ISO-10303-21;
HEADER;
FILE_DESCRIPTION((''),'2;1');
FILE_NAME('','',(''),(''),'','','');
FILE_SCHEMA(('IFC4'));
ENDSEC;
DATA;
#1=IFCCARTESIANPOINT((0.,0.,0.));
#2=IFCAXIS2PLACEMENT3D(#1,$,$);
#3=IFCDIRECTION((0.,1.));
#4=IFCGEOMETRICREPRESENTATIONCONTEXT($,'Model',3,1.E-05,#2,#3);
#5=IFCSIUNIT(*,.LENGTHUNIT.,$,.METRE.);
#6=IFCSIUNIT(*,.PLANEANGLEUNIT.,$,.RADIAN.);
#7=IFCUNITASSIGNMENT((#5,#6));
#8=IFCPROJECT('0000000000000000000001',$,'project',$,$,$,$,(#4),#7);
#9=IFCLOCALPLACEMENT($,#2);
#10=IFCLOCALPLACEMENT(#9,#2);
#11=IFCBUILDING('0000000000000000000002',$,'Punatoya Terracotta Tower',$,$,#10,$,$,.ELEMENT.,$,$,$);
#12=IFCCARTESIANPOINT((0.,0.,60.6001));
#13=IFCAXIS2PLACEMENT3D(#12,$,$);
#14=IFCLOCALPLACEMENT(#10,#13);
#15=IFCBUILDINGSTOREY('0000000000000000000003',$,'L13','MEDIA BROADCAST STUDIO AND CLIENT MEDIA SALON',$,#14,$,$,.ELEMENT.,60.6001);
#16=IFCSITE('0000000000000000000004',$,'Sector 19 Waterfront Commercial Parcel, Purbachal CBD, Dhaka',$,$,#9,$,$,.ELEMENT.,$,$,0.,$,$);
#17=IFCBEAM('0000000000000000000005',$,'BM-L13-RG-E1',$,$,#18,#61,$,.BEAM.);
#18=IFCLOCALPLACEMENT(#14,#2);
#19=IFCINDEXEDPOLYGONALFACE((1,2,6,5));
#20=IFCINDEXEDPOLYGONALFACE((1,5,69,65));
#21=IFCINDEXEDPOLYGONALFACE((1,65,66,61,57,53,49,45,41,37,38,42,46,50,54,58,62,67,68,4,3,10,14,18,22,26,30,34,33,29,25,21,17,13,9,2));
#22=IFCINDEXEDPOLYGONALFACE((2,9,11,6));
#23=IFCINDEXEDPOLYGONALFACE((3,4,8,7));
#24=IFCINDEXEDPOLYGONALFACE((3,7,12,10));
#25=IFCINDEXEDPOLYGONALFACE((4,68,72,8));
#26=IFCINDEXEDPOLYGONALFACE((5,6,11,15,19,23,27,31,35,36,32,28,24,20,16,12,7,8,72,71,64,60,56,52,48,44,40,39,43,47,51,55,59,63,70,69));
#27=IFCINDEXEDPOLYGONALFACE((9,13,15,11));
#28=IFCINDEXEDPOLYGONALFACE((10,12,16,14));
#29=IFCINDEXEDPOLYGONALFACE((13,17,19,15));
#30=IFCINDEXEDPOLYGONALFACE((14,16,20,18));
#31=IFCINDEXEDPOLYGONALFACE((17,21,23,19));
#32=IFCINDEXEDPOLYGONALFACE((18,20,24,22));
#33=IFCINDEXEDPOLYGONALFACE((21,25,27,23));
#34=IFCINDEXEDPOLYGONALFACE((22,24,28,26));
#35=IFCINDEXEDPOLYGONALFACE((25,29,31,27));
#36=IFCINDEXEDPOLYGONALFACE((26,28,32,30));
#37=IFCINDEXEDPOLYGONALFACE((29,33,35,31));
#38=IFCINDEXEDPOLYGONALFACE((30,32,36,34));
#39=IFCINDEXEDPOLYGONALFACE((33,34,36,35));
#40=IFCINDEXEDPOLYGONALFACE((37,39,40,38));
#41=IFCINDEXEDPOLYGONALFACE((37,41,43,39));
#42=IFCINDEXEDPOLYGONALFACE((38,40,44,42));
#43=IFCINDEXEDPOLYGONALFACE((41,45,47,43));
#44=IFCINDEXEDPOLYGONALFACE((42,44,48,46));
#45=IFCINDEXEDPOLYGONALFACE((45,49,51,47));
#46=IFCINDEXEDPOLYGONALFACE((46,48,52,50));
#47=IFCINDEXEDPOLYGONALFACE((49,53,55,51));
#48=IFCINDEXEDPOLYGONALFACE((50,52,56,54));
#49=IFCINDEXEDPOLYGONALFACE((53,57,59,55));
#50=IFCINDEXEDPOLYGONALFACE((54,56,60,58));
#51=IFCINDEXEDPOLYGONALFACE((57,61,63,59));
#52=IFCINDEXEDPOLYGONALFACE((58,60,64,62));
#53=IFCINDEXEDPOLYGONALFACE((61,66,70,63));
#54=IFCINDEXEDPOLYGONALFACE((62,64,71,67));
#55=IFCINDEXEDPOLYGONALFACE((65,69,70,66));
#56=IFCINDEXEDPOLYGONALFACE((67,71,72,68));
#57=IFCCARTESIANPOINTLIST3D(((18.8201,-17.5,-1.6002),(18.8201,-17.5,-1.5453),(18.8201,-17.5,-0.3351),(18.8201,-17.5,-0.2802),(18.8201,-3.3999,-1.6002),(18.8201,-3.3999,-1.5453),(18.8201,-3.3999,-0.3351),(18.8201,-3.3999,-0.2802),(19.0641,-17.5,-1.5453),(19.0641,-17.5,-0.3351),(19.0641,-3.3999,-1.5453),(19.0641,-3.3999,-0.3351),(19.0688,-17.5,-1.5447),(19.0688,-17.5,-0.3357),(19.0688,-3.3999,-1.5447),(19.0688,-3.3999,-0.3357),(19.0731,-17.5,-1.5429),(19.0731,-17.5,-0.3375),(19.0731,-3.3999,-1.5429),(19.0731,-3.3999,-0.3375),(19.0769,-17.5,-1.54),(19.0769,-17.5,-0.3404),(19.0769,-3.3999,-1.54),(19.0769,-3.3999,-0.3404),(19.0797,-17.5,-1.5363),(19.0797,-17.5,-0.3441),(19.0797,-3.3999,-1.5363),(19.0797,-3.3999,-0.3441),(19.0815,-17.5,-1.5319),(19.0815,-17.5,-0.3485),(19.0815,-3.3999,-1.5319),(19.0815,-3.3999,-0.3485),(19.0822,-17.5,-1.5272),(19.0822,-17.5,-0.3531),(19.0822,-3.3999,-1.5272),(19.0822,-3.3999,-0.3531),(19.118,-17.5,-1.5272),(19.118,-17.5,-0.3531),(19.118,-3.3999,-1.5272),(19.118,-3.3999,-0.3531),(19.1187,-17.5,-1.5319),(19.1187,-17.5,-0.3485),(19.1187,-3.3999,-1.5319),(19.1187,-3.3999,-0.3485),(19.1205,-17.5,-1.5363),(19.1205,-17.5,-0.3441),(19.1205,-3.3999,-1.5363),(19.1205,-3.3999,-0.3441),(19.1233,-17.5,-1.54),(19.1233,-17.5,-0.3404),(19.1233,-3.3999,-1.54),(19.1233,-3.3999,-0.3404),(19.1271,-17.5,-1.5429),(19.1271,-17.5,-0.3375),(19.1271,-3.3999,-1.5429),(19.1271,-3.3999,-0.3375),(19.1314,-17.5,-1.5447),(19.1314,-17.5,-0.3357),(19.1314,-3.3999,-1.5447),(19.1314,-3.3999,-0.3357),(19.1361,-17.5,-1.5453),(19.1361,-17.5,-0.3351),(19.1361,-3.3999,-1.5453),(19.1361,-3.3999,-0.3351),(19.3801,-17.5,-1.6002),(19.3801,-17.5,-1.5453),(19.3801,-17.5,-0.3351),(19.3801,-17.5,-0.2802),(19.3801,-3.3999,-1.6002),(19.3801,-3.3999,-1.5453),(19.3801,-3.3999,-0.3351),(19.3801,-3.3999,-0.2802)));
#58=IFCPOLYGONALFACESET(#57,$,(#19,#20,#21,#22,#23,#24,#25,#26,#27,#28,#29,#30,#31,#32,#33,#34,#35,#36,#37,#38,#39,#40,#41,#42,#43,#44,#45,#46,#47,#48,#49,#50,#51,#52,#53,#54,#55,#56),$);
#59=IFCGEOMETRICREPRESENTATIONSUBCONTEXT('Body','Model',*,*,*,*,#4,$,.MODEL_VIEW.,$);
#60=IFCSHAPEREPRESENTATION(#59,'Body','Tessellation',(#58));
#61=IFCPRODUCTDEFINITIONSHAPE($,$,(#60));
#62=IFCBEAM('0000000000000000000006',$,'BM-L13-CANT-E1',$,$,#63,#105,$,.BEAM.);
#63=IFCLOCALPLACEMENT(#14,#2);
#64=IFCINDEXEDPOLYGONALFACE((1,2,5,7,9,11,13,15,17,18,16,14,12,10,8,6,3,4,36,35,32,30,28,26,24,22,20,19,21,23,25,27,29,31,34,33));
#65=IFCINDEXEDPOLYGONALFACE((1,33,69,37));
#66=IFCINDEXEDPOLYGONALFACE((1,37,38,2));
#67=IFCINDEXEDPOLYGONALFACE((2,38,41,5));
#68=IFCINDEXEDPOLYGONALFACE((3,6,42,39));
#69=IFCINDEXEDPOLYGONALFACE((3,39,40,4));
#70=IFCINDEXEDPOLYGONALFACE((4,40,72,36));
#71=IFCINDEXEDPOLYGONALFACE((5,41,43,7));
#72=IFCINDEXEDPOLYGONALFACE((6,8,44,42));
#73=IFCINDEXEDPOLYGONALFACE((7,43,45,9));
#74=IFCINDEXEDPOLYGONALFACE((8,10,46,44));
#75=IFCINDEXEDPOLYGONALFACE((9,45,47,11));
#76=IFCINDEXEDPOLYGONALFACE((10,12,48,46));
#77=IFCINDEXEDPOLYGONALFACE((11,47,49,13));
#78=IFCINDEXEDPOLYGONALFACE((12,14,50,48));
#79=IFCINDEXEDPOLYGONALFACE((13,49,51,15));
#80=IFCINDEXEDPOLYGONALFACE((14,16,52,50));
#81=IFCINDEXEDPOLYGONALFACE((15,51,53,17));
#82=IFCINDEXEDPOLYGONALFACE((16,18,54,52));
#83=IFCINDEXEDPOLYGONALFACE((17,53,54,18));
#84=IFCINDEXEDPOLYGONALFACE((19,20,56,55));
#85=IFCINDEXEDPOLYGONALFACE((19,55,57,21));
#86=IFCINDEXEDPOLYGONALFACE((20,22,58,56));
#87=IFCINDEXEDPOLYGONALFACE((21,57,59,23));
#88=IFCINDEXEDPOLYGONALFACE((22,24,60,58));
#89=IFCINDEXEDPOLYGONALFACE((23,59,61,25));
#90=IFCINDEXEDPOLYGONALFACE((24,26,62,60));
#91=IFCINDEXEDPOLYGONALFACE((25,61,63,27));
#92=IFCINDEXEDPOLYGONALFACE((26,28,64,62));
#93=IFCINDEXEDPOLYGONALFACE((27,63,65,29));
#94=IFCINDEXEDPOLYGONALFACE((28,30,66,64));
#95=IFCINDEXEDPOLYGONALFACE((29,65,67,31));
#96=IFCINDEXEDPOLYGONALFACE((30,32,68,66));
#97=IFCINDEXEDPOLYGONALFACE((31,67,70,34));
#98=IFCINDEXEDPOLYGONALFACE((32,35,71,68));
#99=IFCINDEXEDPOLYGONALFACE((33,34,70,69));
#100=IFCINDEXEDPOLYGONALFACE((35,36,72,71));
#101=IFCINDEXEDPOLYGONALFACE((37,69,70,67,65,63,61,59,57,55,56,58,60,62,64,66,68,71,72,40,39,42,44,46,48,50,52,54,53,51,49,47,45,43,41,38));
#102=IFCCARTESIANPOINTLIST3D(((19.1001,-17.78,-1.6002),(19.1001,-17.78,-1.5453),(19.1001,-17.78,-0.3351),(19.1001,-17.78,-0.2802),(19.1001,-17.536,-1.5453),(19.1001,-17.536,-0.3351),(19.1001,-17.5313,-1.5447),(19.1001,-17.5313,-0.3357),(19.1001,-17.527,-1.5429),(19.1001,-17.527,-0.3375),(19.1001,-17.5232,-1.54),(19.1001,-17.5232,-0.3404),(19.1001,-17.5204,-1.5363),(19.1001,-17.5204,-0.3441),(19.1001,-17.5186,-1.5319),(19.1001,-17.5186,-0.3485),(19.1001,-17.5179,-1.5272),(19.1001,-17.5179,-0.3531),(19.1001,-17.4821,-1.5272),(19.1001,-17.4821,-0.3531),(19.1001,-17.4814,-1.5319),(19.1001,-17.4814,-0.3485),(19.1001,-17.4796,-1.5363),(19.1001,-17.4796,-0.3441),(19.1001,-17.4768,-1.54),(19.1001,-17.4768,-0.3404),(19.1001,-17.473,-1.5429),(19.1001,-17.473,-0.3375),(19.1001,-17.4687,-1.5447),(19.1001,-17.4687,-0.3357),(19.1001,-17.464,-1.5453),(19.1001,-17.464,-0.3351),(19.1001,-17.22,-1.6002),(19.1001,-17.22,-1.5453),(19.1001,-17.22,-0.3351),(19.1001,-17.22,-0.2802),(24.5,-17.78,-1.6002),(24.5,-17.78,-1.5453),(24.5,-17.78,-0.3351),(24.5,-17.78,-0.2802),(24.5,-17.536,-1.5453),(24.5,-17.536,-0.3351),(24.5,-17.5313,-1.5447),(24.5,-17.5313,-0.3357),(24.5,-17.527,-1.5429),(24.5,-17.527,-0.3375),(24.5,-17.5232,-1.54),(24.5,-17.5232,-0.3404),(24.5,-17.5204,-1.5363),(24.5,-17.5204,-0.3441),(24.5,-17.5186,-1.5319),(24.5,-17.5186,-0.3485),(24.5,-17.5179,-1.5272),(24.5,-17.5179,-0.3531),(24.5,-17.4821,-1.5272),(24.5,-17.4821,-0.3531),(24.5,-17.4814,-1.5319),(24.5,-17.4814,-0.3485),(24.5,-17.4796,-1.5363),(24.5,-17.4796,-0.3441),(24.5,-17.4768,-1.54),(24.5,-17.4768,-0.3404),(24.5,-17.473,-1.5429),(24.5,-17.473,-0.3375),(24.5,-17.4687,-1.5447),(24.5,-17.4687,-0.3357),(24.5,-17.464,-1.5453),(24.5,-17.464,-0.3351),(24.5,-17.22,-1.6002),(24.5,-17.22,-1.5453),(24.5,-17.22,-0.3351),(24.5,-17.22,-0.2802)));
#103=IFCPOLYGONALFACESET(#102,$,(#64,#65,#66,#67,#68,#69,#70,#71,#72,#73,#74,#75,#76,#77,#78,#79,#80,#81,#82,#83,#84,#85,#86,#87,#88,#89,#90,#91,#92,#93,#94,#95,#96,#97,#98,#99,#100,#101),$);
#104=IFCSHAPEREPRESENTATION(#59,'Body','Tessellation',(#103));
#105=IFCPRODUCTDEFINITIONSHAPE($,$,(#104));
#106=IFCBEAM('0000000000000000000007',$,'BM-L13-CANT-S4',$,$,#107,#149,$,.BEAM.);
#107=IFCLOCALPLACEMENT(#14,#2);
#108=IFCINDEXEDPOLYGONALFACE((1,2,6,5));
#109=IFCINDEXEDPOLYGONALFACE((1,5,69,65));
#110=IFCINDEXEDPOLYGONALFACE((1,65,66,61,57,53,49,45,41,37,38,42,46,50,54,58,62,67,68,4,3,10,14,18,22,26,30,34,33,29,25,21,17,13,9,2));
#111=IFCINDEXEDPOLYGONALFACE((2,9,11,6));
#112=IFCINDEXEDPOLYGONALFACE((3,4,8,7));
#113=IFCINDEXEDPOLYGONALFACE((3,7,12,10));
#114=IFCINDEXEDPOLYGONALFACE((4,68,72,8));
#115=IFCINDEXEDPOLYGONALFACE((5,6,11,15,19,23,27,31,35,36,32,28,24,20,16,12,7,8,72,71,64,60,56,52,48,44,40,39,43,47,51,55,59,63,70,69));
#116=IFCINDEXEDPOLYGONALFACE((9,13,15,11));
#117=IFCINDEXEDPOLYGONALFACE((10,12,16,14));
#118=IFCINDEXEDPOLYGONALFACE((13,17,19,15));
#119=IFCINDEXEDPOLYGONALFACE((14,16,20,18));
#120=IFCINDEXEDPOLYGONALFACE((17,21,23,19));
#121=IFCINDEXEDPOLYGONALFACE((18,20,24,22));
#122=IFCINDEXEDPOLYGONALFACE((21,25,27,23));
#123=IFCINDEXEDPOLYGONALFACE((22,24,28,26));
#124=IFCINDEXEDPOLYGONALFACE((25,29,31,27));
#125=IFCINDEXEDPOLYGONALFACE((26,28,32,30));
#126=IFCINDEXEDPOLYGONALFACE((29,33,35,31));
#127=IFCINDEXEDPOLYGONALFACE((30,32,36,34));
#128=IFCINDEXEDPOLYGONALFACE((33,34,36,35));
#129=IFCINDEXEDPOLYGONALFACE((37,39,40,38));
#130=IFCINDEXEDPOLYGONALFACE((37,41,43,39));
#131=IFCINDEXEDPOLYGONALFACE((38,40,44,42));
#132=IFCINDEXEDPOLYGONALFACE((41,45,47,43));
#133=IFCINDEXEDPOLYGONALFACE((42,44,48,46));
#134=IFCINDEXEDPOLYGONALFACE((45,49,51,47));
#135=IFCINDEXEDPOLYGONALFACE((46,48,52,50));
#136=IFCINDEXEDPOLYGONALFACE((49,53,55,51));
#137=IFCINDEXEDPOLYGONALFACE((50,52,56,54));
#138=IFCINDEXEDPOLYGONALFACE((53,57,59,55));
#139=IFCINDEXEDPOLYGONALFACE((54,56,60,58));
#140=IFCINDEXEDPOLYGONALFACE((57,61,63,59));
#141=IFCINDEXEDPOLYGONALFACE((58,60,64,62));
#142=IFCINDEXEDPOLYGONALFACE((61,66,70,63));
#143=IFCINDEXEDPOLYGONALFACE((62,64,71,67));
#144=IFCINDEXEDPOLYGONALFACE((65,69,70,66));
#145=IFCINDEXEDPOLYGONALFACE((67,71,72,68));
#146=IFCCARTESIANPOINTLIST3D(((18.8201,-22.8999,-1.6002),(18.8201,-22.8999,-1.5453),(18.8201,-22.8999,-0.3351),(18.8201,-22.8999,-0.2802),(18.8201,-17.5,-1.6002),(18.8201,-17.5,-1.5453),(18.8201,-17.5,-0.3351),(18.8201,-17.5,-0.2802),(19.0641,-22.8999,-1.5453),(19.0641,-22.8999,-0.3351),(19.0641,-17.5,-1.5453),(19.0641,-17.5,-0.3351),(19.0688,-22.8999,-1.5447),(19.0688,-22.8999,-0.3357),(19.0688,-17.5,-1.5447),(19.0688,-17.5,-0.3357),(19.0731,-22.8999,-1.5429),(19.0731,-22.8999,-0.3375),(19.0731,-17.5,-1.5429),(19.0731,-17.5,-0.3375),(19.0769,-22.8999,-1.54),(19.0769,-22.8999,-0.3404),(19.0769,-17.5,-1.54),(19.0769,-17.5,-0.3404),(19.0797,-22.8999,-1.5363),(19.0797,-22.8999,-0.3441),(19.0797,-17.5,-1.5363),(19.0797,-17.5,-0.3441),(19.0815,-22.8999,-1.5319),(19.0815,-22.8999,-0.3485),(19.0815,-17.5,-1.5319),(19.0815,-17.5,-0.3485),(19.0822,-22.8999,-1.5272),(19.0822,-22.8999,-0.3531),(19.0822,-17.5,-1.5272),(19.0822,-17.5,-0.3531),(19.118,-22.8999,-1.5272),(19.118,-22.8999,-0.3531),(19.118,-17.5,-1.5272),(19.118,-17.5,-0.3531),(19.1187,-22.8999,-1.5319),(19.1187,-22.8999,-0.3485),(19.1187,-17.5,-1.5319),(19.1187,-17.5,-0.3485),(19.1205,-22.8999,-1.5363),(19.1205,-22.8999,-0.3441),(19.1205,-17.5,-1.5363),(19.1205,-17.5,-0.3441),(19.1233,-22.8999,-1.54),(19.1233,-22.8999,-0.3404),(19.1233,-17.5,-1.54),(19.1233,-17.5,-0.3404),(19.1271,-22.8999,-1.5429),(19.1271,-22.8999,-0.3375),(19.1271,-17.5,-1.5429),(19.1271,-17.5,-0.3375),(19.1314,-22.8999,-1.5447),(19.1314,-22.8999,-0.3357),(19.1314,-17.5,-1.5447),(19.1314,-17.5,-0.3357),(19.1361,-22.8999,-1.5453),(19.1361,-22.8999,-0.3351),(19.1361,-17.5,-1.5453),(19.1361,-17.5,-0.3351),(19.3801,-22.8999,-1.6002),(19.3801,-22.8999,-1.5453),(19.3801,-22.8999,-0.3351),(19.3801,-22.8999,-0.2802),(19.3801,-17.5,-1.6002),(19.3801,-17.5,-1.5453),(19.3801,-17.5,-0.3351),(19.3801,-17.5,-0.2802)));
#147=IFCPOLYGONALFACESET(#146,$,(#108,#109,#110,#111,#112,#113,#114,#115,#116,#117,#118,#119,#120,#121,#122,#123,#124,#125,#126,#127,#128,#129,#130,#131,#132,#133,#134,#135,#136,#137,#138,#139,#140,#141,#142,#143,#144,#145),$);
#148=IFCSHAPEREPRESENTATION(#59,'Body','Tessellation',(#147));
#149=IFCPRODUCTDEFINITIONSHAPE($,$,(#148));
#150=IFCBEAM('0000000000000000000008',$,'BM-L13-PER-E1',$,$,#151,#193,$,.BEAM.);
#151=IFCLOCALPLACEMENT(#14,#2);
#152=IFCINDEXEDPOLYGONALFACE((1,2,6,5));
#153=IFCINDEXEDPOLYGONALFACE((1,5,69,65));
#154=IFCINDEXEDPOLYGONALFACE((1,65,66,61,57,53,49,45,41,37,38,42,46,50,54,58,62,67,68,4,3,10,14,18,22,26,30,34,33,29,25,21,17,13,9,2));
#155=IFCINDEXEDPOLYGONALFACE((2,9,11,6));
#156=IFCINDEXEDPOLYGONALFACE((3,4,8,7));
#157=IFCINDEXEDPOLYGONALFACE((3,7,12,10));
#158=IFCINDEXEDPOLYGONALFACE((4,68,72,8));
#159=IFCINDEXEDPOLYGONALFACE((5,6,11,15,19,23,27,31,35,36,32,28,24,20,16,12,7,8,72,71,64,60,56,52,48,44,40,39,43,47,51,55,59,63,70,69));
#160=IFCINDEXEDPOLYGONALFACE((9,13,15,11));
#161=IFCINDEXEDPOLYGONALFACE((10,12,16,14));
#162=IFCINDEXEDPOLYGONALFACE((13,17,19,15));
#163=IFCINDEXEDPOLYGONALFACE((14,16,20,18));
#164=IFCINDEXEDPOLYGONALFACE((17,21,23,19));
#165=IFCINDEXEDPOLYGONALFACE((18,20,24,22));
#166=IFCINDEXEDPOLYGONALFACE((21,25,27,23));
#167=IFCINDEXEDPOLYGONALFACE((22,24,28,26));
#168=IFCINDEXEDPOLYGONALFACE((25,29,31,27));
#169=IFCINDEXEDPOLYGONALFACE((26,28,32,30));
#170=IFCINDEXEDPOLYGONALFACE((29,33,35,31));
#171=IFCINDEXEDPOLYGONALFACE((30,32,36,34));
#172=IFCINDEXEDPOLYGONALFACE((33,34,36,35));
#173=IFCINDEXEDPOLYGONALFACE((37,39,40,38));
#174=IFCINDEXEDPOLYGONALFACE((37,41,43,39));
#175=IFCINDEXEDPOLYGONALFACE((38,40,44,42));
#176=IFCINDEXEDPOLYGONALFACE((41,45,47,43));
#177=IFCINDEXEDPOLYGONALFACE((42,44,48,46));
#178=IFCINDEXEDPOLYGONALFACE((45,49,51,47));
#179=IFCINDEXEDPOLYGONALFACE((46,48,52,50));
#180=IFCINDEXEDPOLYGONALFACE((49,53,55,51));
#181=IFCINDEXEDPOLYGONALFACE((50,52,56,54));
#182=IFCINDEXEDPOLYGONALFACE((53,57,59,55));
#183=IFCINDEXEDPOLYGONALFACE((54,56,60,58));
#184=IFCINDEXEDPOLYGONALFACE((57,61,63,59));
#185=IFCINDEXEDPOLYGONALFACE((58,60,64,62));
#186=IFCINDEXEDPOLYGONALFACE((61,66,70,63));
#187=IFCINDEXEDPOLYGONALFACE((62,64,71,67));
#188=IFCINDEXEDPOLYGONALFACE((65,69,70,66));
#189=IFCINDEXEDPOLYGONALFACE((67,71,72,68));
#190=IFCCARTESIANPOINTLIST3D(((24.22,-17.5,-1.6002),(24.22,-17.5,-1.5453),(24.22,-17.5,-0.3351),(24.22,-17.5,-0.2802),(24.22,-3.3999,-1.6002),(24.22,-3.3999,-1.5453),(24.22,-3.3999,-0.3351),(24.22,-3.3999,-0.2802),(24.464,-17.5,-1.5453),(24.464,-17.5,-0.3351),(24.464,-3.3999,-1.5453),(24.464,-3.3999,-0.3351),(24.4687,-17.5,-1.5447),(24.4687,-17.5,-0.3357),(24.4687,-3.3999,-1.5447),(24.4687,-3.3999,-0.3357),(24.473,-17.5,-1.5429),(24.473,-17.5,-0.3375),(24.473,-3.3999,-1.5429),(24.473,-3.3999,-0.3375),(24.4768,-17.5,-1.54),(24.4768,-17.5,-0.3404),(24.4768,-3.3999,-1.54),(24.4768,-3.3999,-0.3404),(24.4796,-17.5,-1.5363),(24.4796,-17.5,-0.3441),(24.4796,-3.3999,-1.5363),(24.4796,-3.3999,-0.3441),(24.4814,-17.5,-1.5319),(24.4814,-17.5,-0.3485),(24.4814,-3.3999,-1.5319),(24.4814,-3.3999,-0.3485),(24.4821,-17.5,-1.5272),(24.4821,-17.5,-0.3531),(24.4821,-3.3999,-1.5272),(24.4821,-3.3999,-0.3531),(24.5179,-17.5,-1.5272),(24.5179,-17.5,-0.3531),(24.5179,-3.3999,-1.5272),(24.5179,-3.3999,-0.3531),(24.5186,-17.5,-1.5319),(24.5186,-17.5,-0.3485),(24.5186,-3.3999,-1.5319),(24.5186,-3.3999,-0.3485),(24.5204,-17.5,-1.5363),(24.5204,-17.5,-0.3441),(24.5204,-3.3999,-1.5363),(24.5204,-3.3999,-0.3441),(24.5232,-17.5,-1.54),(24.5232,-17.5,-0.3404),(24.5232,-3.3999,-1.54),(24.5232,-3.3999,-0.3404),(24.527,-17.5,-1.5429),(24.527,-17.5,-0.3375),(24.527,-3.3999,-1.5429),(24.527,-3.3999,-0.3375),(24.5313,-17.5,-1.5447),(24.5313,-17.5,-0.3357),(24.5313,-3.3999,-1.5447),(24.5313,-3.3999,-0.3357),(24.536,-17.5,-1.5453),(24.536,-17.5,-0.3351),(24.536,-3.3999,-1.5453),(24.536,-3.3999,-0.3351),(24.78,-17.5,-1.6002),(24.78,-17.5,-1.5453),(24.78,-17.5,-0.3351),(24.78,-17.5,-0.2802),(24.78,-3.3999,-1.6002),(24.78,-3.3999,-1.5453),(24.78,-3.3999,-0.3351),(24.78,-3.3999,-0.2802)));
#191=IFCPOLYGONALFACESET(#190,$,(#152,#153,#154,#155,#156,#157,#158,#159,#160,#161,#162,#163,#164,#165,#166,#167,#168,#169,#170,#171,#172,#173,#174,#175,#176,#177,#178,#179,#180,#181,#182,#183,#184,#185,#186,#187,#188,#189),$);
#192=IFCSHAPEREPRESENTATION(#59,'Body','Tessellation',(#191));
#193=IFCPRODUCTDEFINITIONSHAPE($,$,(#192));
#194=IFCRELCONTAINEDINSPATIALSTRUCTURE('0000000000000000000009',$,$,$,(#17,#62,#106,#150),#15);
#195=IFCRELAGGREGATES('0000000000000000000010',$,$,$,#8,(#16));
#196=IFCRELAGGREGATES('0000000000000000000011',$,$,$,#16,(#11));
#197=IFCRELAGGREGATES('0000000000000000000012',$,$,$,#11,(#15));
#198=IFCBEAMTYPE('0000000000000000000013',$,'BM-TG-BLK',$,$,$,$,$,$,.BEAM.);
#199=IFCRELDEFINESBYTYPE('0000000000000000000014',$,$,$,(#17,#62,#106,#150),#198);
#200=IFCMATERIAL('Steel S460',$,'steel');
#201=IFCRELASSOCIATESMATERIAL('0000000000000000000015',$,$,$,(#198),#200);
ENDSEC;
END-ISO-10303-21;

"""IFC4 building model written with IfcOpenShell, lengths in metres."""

from ifc_helpers import new_model, si_unit, direction, frame, origin, origin_2d, place, context, subcontext, project, spatial, i_section, extrude, material, material_profile, profile_set, type_object, element, save


model = new_model("IFC4")

# Units and contexts
model_context = context("Model", 3, precision=1e-05, world=origin(), true_north=direction((0.0, 1.0)))
body_context = subcontext(model_context, "Body", "Model", "MODEL_VIEW")
ifc_project = project(units=[si_unit("LENGTHUNIT", "METRE"), si_unit("PLANEANGLEUNIT", "RADIAN")], contexts=[model_context])

# Site, building, storey
site_placement = place(None, origin())
site = spatial("IfcSite", under=ifc_project, at=site_placement, Name="Sector 19 Waterfront Commercial Parcel, Purbachal CBD, Dhaka", CompositionType="ELEMENT", RefElevation=0.0)
building_placement = place(site_placement, origin())
building = spatial("IfcBuilding", under=site, at=building_placement, Name="Punatoya Terracotta Tower", CompositionType="ELEMENT")
storey_placement = place(building_placement, frame((0.0, 0.0, 60.6001)))
storey = spatial("IfcBuildingStorey", under=building, at=storey_placement, Name="L13", Description="MEDIA BROADCAST STUDIO AND CLIENT MEDIA SALON", CompositionType="ELEMENT", Elevation=60.6001)

# Shared definitions
ifc_material_1 = material(Name="Steel S460", Category="steel")

# Beams
ifc_material_profile_1 = material_profile(ifc_material_1, i_section(OverallWidth=0.5601, OverallDepth=1.3201, WebThickness=0.0359, FlangeThickness=0.0549, FilletRadius=0.0181, at=origin_2d()))
ifc_profile_set_1 = profile_set([ifc_material_profile_1], Name="Steel S460")
beam_type_1 = type_object("IfcBeamType", Name="BM-TG-BLK", PredefinedType="BEAM", material=ifc_profile_set_1)
beam_1_placement = place(storey_placement, frame((19.1001, -17.5, -0.9402), z_axis=(0.0, 1.0, 0.0), x_axis=(-1.0, 0.0, 0.0)))
element("IfcBeam", 1, at=beam_1_placement, inside=storey, type_object=beam_type_1, Name="BM-L13-RG-E1", PredefinedType="BEAM", context=body_context, shape_type="SweptSolid", body=[
    extrude(i_section(OverallWidth=0.5601, OverallDepth=1.3201, WebThickness=0.0359, FlangeThickness=0.0549, FilletRadius=0.0181, at=origin_2d()), origin(), (0.0, 0.0, 1.0), 14.1001),
])
for number, where, z_axis, x_axis, name in (
    (2, (19.1001, -17.5, -0.9402), (1.0, 0.0, 0.0), (0.0, 1.0, 0.0), "BM-L13-CANT-E1"),
    (3, (19.1001, -22.8999, -0.9402), (0.0, 1.0, 0.0), (-1.0, 0.0, 0.0), "BM-L13-CANT-S4"),
):
    element("IfcBeam", number, at=place(storey_placement, frame(where, z_axis=z_axis, x_axis=x_axis)), inside=storey, type_object=beam_type_1, Name=name, PredefinedType="BEAM", context=body_context, shape_type="SweptSolid", body=[
        extrude(i_section(OverallWidth=0.5601, OverallDepth=1.3201, WebThickness=0.0359, FlangeThickness=0.0549, FilletRadius=0.0181, at=origin_2d()), origin(), (0.0, 0.0, 1.0), 5.3999),
    ])
beam_2_placement = place(storey_placement, frame((24.5, -17.5, -0.9402), z_axis=(0.0, 1.0, 0.0), x_axis=(-1.0, 0.0, 0.0)))
element("IfcBeam", 4, at=beam_2_placement, inside=storey, type_object=beam_type_1, Name="BM-L13-PER-E1", PredefinedType="BEAM", context=body_context, shape_type="SweptSolid", body=[
    extrude(i_section(OverallWidth=0.5601, OverallDepth=1.3201, WebThickness=0.0359, FlangeThickness=0.0549, FilletRadius=0.0181, at=origin_2d()), origin(), (0.0, 0.0, 1.0), 14.1001),
])

save(model, "model.ifc")
